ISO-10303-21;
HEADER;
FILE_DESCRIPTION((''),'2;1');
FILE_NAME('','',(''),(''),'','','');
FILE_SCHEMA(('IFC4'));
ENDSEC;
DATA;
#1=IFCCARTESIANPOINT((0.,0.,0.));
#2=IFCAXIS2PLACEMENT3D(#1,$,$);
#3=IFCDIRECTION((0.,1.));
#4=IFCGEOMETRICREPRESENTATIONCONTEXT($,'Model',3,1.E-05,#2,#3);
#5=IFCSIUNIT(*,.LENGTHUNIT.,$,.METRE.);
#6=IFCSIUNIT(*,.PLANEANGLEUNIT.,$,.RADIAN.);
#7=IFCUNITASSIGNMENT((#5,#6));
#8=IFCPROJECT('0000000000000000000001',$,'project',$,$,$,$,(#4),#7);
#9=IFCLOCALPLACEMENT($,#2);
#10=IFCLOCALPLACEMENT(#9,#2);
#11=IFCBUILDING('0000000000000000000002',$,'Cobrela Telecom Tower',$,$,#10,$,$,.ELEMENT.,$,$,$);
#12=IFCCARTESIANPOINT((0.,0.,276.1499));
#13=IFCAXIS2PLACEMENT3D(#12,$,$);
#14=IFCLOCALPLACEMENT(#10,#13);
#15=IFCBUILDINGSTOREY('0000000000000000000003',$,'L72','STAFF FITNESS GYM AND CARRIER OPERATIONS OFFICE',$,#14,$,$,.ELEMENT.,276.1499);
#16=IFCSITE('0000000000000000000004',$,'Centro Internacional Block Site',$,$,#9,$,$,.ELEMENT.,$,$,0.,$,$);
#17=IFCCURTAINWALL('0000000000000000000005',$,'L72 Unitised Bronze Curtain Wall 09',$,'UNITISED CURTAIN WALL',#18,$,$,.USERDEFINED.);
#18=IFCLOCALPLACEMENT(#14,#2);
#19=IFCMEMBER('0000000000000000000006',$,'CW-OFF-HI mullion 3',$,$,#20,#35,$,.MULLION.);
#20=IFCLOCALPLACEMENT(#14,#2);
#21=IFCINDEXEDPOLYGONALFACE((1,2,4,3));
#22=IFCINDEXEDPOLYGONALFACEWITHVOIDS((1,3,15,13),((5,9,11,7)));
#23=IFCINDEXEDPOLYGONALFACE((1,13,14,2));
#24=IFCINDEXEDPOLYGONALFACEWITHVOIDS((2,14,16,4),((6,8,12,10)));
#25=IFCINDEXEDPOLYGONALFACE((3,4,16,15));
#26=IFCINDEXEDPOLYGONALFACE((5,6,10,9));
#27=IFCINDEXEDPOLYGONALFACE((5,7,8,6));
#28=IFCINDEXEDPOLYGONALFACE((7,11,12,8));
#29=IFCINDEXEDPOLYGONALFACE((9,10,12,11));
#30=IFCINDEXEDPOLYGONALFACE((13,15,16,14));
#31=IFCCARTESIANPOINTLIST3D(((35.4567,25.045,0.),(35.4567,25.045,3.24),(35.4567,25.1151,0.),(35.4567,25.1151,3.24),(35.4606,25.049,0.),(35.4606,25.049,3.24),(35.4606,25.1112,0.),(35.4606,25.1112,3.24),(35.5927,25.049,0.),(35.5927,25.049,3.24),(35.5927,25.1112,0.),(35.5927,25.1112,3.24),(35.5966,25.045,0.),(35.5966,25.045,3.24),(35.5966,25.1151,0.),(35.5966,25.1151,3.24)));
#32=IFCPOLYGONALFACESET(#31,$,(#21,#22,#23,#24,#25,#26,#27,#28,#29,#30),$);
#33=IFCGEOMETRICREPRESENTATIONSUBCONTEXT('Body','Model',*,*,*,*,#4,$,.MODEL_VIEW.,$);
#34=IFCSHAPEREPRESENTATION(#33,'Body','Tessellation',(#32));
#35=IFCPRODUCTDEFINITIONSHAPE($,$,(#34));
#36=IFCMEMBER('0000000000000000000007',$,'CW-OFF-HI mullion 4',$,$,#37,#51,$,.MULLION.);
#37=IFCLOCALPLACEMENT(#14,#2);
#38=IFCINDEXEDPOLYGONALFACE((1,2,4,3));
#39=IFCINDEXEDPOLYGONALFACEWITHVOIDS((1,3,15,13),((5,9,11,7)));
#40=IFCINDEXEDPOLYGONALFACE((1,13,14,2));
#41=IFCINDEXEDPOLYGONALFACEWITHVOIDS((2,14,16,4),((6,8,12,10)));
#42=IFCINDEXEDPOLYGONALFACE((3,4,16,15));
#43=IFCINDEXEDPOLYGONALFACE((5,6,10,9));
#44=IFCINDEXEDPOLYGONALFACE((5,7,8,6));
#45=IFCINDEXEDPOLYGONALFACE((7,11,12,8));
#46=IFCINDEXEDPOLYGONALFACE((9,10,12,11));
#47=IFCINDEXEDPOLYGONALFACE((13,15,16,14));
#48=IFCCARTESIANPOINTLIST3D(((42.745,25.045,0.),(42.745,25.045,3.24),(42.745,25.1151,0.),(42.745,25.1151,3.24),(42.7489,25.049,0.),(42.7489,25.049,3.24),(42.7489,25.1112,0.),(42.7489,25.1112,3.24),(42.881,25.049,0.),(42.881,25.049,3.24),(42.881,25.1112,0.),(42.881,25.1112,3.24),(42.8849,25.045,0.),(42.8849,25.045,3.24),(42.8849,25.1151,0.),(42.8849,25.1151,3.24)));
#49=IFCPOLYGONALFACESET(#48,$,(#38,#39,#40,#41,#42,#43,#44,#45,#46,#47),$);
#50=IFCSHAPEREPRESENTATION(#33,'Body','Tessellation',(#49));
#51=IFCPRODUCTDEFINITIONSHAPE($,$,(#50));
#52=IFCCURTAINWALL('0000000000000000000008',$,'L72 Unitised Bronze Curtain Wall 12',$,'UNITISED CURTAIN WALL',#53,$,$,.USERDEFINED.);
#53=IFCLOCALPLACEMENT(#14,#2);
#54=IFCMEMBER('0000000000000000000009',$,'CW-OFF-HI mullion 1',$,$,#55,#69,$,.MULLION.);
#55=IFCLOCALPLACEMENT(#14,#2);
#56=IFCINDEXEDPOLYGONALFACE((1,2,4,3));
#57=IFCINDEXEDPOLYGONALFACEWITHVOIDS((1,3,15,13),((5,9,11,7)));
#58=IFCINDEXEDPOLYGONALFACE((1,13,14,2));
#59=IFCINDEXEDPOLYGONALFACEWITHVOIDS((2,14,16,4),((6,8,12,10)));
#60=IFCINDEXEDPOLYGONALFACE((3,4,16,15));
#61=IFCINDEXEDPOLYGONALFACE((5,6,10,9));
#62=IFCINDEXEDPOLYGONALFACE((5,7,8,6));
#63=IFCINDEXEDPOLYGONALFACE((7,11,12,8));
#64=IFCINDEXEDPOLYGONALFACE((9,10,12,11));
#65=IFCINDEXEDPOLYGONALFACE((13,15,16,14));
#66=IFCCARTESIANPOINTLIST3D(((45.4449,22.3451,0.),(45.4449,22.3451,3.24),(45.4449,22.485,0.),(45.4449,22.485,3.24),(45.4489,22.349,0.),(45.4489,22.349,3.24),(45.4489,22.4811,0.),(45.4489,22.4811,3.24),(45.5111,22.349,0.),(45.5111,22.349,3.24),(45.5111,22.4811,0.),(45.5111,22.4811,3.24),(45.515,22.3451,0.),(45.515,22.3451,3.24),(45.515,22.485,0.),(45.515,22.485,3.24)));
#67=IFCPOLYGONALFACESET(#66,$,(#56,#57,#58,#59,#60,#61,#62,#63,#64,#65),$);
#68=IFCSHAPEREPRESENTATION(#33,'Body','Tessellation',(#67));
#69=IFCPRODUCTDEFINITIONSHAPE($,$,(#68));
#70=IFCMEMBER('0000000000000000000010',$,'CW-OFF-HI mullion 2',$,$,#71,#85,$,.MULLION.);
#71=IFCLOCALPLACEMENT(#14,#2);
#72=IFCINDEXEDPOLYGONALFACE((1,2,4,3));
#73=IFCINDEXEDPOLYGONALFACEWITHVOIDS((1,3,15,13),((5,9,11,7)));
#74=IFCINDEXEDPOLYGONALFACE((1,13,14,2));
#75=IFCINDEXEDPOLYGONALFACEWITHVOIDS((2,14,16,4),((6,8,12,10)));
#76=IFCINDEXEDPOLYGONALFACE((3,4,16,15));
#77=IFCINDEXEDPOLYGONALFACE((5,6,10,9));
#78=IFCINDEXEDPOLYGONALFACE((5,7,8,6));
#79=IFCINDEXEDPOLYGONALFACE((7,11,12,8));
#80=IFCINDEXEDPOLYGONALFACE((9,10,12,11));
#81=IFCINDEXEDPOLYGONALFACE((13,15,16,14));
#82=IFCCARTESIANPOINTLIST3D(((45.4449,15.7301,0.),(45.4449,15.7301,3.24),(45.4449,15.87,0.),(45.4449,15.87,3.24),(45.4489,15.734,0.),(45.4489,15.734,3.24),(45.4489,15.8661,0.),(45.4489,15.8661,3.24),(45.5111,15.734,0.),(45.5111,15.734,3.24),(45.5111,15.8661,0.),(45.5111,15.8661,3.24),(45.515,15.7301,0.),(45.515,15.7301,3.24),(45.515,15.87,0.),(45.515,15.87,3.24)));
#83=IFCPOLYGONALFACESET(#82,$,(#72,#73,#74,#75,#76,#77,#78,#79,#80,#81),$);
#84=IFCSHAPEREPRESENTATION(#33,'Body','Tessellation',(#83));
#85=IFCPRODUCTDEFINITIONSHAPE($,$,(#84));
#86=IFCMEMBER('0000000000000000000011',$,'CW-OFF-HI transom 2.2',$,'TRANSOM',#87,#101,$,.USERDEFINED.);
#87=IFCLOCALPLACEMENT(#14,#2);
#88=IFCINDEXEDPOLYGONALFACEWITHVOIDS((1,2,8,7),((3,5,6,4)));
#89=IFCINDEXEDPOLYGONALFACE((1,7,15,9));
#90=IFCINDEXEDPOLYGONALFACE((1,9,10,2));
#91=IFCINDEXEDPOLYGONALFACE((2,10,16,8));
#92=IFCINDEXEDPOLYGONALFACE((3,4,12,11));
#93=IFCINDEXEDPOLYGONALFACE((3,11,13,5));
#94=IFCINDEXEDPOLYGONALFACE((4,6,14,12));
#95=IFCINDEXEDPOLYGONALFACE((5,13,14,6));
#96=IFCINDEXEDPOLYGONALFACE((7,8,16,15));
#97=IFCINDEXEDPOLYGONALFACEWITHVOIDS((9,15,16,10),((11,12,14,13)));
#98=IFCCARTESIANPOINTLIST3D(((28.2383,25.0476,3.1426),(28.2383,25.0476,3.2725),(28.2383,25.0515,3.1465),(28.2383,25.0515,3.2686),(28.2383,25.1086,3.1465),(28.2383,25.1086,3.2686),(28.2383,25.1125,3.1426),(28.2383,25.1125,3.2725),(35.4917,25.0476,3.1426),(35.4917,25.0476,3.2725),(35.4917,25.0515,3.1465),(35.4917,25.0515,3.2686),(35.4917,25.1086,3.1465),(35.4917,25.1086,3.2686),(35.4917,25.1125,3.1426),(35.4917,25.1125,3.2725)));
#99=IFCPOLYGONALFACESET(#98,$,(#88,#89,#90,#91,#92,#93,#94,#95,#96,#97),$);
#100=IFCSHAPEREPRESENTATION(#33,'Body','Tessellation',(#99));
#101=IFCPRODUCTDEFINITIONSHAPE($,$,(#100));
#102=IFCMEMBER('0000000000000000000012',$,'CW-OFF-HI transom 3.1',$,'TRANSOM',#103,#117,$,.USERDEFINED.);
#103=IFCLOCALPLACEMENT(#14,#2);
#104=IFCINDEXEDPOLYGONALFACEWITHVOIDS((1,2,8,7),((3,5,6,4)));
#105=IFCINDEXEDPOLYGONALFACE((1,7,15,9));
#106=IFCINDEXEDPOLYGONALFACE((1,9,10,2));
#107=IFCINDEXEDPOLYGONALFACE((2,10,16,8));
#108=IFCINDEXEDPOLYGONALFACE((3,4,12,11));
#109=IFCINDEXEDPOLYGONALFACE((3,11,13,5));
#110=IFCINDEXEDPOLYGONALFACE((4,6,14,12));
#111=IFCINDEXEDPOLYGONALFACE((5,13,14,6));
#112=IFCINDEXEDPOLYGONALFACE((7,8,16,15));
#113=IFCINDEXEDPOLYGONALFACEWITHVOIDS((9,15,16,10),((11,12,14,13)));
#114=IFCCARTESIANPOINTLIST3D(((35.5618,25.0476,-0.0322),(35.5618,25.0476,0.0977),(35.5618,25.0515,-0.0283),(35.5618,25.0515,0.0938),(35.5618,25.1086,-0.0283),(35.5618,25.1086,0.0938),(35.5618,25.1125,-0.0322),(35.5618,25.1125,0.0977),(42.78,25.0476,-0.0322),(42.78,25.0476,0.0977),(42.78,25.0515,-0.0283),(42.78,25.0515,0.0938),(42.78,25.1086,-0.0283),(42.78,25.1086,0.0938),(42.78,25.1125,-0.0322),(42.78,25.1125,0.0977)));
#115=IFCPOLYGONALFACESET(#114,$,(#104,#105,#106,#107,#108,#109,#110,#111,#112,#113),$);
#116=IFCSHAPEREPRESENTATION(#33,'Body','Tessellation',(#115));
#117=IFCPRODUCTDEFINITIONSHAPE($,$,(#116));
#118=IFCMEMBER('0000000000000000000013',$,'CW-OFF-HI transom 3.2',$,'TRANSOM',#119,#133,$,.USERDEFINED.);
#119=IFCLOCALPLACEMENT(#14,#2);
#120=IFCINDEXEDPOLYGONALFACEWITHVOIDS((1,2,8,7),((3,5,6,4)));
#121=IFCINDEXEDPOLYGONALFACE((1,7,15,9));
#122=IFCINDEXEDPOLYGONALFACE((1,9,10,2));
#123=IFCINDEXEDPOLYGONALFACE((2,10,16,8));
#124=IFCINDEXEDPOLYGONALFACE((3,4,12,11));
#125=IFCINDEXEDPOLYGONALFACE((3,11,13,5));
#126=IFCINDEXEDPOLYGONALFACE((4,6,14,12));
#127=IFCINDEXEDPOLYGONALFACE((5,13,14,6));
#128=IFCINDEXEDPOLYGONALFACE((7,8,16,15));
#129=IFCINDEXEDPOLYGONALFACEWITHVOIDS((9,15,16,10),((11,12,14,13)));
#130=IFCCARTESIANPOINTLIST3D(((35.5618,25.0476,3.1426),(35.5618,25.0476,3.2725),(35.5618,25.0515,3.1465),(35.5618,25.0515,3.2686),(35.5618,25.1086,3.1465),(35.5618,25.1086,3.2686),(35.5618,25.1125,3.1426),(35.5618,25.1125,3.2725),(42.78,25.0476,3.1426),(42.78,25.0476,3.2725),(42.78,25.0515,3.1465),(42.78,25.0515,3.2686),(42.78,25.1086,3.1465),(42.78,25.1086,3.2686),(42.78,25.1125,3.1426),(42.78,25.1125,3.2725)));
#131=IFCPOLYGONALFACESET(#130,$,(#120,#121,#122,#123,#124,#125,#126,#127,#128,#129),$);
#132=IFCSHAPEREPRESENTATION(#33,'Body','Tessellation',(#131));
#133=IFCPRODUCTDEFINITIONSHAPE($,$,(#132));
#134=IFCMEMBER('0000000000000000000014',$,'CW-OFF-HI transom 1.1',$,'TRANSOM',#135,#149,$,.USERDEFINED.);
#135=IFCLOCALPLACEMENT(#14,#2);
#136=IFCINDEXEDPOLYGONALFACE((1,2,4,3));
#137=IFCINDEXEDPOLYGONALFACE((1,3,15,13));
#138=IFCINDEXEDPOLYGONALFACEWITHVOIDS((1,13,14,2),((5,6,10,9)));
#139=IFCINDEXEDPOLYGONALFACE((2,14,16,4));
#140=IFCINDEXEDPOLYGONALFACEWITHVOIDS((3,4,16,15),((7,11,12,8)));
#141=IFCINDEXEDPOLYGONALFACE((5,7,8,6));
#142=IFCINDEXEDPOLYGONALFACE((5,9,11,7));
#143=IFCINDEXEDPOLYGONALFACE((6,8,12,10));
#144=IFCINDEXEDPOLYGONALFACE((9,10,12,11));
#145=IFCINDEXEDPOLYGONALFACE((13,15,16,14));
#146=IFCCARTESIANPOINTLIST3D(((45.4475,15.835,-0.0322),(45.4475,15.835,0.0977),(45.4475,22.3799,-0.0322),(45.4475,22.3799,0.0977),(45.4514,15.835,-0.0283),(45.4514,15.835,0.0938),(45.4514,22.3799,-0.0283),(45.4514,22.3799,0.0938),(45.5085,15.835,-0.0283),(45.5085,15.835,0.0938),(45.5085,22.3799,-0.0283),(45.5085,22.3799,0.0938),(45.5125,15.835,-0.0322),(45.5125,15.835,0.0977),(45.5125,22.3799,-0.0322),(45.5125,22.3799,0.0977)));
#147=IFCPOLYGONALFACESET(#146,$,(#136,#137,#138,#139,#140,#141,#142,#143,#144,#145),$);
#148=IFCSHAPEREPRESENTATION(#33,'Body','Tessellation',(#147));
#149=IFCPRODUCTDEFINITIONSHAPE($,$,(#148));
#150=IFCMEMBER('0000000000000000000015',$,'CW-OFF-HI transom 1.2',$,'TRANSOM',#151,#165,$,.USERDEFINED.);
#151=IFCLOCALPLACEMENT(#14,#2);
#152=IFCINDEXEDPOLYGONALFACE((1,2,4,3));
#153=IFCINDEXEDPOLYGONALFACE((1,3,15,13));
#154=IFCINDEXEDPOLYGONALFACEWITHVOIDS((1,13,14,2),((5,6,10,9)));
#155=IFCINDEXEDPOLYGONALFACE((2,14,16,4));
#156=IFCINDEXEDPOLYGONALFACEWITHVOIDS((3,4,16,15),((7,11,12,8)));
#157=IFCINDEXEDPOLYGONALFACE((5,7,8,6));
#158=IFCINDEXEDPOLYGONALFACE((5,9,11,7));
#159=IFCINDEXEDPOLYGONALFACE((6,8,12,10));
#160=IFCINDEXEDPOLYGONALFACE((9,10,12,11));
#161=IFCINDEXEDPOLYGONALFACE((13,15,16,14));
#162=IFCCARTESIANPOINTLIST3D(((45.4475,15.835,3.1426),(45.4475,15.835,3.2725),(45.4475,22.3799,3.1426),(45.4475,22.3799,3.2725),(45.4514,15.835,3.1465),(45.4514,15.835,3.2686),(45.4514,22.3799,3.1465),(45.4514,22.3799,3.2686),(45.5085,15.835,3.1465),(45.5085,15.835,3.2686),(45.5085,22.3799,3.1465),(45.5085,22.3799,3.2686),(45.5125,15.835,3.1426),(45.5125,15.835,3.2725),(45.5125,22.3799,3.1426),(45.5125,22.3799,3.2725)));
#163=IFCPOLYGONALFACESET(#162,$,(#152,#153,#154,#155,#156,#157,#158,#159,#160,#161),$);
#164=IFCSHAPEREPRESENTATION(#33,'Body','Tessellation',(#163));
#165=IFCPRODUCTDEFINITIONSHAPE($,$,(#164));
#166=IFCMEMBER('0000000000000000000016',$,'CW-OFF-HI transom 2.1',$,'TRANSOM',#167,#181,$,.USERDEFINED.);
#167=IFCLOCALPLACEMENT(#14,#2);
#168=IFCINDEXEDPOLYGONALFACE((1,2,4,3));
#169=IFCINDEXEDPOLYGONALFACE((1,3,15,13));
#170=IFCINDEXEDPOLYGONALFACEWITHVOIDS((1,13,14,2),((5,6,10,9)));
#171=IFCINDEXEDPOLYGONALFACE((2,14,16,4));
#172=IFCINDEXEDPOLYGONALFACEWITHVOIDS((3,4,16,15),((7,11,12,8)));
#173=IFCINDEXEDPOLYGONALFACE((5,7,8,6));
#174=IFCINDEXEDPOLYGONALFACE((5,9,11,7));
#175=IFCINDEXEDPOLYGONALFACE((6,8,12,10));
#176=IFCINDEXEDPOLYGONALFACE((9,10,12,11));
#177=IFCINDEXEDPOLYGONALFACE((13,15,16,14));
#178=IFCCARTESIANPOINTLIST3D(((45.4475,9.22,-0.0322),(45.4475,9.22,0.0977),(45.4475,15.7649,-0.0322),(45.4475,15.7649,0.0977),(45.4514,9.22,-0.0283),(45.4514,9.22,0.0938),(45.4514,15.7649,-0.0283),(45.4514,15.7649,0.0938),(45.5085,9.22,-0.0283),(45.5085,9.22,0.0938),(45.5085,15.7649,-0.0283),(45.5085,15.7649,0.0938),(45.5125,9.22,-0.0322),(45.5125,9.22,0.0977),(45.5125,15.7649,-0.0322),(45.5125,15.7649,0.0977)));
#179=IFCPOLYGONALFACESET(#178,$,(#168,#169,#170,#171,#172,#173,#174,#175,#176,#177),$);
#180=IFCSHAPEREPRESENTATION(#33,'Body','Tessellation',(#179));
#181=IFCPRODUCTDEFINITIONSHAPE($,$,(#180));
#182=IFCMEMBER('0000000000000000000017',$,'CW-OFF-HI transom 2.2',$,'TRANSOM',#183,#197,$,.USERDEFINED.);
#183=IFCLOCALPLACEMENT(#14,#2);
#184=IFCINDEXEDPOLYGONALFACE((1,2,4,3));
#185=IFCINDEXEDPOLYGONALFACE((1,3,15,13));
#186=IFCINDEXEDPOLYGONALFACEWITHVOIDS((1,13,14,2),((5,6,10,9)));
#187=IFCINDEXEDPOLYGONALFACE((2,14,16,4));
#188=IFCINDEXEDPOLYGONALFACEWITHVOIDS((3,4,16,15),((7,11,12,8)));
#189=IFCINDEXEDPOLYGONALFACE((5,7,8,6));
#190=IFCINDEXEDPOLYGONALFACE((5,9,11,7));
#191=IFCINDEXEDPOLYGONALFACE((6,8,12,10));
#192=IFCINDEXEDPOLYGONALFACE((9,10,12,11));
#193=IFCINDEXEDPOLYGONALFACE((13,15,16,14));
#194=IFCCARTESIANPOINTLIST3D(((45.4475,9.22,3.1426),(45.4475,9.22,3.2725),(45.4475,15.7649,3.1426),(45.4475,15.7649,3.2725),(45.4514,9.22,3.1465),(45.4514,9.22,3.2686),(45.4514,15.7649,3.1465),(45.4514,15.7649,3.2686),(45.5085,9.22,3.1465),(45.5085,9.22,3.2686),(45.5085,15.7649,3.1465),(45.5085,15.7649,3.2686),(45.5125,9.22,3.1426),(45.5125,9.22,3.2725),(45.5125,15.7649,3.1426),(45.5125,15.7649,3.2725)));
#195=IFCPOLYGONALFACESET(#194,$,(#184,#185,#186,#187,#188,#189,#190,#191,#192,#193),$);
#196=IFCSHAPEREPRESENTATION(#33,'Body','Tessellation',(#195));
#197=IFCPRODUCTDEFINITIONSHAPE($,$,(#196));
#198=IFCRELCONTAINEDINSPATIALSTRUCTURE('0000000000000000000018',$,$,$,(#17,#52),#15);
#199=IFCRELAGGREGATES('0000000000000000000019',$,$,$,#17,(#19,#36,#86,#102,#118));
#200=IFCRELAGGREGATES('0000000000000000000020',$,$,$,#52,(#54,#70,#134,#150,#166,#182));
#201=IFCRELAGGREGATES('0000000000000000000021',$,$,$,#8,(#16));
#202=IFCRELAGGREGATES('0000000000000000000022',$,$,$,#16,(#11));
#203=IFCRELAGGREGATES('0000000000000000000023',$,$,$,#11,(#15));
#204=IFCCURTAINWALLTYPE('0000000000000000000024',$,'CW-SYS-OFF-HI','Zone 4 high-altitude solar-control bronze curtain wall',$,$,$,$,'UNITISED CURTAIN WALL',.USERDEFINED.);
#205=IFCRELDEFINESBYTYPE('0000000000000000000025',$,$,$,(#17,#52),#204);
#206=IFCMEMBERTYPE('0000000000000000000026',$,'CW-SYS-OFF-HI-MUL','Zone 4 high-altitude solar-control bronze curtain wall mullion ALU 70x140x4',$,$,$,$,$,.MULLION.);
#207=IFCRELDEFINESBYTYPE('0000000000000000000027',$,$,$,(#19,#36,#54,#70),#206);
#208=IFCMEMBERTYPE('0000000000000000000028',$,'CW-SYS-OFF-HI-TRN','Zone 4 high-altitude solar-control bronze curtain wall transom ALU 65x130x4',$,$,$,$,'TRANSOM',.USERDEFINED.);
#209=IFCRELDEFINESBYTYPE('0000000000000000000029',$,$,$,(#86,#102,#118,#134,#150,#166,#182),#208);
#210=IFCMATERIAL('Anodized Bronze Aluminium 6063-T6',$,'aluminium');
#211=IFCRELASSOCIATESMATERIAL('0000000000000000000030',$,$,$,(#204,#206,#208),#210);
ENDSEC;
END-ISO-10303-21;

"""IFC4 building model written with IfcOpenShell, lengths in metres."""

from ifc_helpers import new_model, si_unit, direction, frame, origin, origin_2d, place, context, subcontext, project, spatial, hollow_rectangle, extrude, material, material_profile, profile_set, type_object, element, aggregate, save


model = new_model("IFC4")

# Units and contexts
model_context = context("Model", 3, precision=1e-05, world=origin(), true_north=direction((0.0, 1.0)))
body_context = subcontext(model_context, "Body", "Model", "MODEL_VIEW")
ifc_project = project(units=[si_unit("LENGTHUNIT", "METRE"), si_unit("PLANEANGLEUNIT", "RADIAN")], contexts=[model_context])

# Site, building, storey
site_placement = place(None, origin())
site = spatial("IfcSite", under=ifc_project, at=site_placement, Name="Centro Internacional Block Site", CompositionType="ELEMENT", RefElevation=0.0)
building_placement = place(site_placement, origin())
building = spatial("IfcBuilding", under=site, at=building_placement, Name="Cobrela Telecom Tower", CompositionType="ELEMENT")
storey_placement = place(building_placement, frame((0.0, 0.0, 276.1499)))
storey = spatial("IfcBuildingStorey", under=building, at=storey_placement, Name="L72", Description="STAFF FITNESS GYM AND CARRIER OPERATIONS OFFICE", CompositionType="ELEMENT", Elevation=276.1499)

# Curtain walls, members
ifc_material_1 = material(Name="Anodized Bronze Aluminium 6063-T6", Category="aluminium")
curtain_wall_type = type_object("IfcCurtainWallType", Name="CW-SYS-OFF-HI", Description="Zone 4 high-altitude solar-control bronze curtain wall", ElementType="UNITISED CURTAIN WALL", PredefinedType="USERDEFINED", material=ifc_material_1)
curtain_wall_1_placement = place(storey_placement, origin())
curtain_wall_1 = element("IfcCurtainWall", 1, at=curtain_wall_1_placement, inside=storey, type_object=curtain_wall_type, Name="L72 Unitised Bronze Curtain Wall 09", ObjectType="UNITISED CURTAIN WALL", PredefinedType="USERDEFINED")
ifc_material_profile_1 = material_profile(ifc_material_1, hollow_rectangle(XDim=0.0701, YDim=0.1399, WallThickness=0.0039, at=origin_2d()), Name="ALU 70x140x4")
ifc_profile_set_1 = profile_set([ifc_material_profile_1], Name="Anodized Bronze Aluminium 6063-T6")
member_type_1 = type_object("IfcMemberType", Name="CW-SYS-OFF-HI-MUL", Description="Zone 4 high-altitude solar-control bronze curtain wall mullion ALU 70x140x4", PredefinedType="MULLION", material=ifc_profile_set_1)
member_1_placement = place(storey_placement, frame((35.5266, 25.0801, 0.0), z_axis=(0.0, 0.0, 1.0), x_axis=(0.0, 1.0, 0.0)))
member_1 = element("IfcMember", 2, at=member_1_placement, type_object=member_type_1, Name="CW-OFF-HI mullion 3", PredefinedType="MULLION", context=body_context, shape_type="SweptSolid", body=[
    extrude(hollow_rectangle(XDim=0.0701, YDim=0.1399, WallThickness=0.0039, at=origin_2d()), origin(), (0.0, 0.0, 1.0), 3.24),
])
member_2_placement = place(storey_placement, frame((42.8149, 25.0801, 0.0), z_axis=(0.0, 0.0, 1.0), x_axis=(0.0, 1.0, 0.0)))
member_2 = element("IfcMember", 3, at=member_2_placement, type_object=member_type_1, Name="CW-OFF-HI mullion 4", PredefinedType="MULLION", context=body_context, shape_type="SweptSolid", body=[
    extrude(hollow_rectangle(XDim=0.0701, YDim=0.1399, WallThickness=0.0039, at=origin_2d()), origin(), (0.0, 0.0, 1.0), 3.24),
])
curtain_wall_2_placement = place(storey_placement, origin())
curtain_wall_2 = element("IfcCurtainWall", 4, at=curtain_wall_2_placement, inside=storey, type_object=curtain_wall_type, Name="L72 Unitised Bronze Curtain Wall 12", ObjectType="UNITISED CURTAIN WALL", PredefinedType="USERDEFINED")
member_3_placement = place(storey_placement, frame((45.48, 22.415, 0.0), z_axis=(0.0, 0.0, 1.0), x_axis=(1.0, 0.0, 0.0)))
member_3 = element("IfcMember", 5, at=member_3_placement, type_object=member_type_1, Name="CW-OFF-HI mullion 1", PredefinedType="MULLION", context=body_context, shape_type="SweptSolid", body=[
    extrude(hollow_rectangle(XDim=0.0701, YDim=0.1399, WallThickness=0.0039, at=origin_2d()), origin(), (0.0, 0.0, 1.0), 3.24),
])
member_4_placement = place(storey_placement, frame((45.48, 15.8, 0.0), z_axis=(0.0, 0.0, 1.0), x_axis=(1.0, 0.0, 0.0)))
member_4 = element("IfcMember", 6, at=member_4_placement, type_object=member_type_1, Name="CW-OFF-HI mullion 2", PredefinedType="MULLION", context=body_context, shape_type="SweptSolid", body=[
    extrude(hollow_rectangle(XDim=0.0701, YDim=0.1399, WallThickness=0.0039, at=origin_2d()), origin(), (0.0, 0.0, 1.0), 3.24),
])

# Members
ifc_material_profile_2 = material_profile(ifc_material_1, hollow_rectangle(XDim=0.0649, YDim=0.1299, WallThickness=0.0039, at=origin_2d()), Name="ALU 65x130x4")
ifc_profile_set_2 = profile_set([ifc_material_profile_2], Name="Anodized Bronze Aluminium 6063-T6")
member_type_2 = type_object("IfcMemberType", Name="CW-SYS-OFF-HI-TRN", Description="Zone 4 high-altitude solar-control bronze curtain wall transom ALU 65x130x4", ElementType="TRANSOM", PredefinedType="USERDEFINED", material=ifc_profile_set_2)
member_5_placement = place(storey_placement, frame((28.2383, 25.0801, 3.2075), z_axis=(1.0, 0.0, 0.0), x_axis=(0.0, 1.0, 0.0)))
member_5 = element("IfcMember", 7, at=member_5_placement, type_object=member_type_2, Name="CW-OFF-HI transom 2.2", ObjectType="TRANSOM", PredefinedType="USERDEFINED", context=body_context, shape_type="SweptSolid", body=[
    extrude(hollow_rectangle(XDim=0.0649, YDim=0.1299, WallThickness=0.0039, at=origin_2d()), origin(), (0.0, 0.0, 1.0), 7.2534),
])
member_6_placement = place(storey_placement, frame((35.5618, 25.0801, 0.0327), z_axis=(1.0, 0.0, 0.0), x_axis=(0.0, 1.0, 0.0)))
member_6 = element("IfcMember", 8, at=member_6_placement, type_object=member_type_2, Name="CW-OFF-HI transom 3.1", ObjectType="TRANSOM", PredefinedType="USERDEFINED", context=body_context, shape_type="SweptSolid", body=[
    extrude(hollow_rectangle(XDim=0.0649, YDim=0.1299, WallThickness=0.0039, at=origin_2d()), origin(), (0.0, 0.0, 1.0), 7.2183),
])
member_7_placement = place(storey_placement, frame((35.5618, 25.0801, 3.2075), z_axis=(1.0, 0.0, 0.0), x_axis=(0.0, 1.0, 0.0)))
member_7 = element("IfcMember", 9, at=member_7_placement, type_object=member_type_2, Name="CW-OFF-HI transom 3.2", ObjectType="TRANSOM", PredefinedType="USERDEFINED", context=body_context, shape_type="SweptSolid", body=[
    extrude(hollow_rectangle(XDim=0.0649, YDim=0.1299, WallThickness=0.0039, at=origin_2d()), origin(), (0.0, 0.0, 1.0), 7.2183),
])
member_8_placement = place(storey_placement, frame((45.48, 22.3799, 0.0327), z_axis=(0.0, -1.0, 0.0), x_axis=(1.0, 0.0, 0.0)))
member_8 = element("IfcMember", 10, at=member_8_placement, type_object=member_type_2, Name="CW-OFF-HI transom 1.1", ObjectType="TRANSOM", PredefinedType="USERDEFINED", context=body_context, shape_type="SweptSolid", body=[
    extrude(hollow_rectangle(XDim=0.0649, YDim=0.1299, WallThickness=0.0039, at=origin_2d()), origin(), (0.0, 0.0, 1.0), 6.5449),
])
member_9_placement = place(storey_placement, frame((45.48, 22.3799, 3.2075), z_axis=(0.0, -1.0, 0.0), x_axis=(1.0, 0.0, 0.0)))
member_9 = element("IfcMember", 11, at=member_9_placement, type_object=member_type_2, Name="CW-OFF-HI transom 1.2", ObjectType="TRANSOM", PredefinedType="USERDEFINED", context=body_context, shape_type="SweptSolid", body=[
    extrude(hollow_rectangle(XDim=0.0649, YDim=0.1299, WallThickness=0.0039, at=origin_2d()), origin(), (0.0, 0.0, 1.0), 6.5449),
])
member_10_placement = place(storey_placement, frame((45.48, 15.7649, 0.0327), z_axis=(0.0, -1.0, 0.0), x_axis=(1.0, 0.0, 0.0)))
member_10 = element("IfcMember", 12, at=member_10_placement, type_object=member_type_2, Name="CW-OFF-HI transom 2.1", ObjectType="TRANSOM", PredefinedType="USERDEFINED", context=body_context, shape_type="SweptSolid", body=[
    extrude(hollow_rectangle(XDim=0.0649, YDim=0.1299, WallThickness=0.0039, at=origin_2d()), origin(), (0.0, 0.0, 1.0), 6.5449),
])
member_11_placement = place(storey_placement, frame((45.48, 15.7649, 3.2075), z_axis=(0.0, -1.0, 0.0), x_axis=(1.0, 0.0, 0.0)))
member_11 = element("IfcMember", 13, at=member_11_placement, type_object=member_type_2, Name="CW-OFF-HI transom 2.2", ObjectType="TRANSOM", PredefinedType="USERDEFINED", context=body_context, shape_type="SweptSolid", body=[
    extrude(hollow_rectangle(XDim=0.0649, YDim=0.1299, WallThickness=0.0039, at=origin_2d()), origin(), (0.0, 0.0, 1.0), 6.5449),
])

aggregate(curtain_wall_1, [member_1, member_2, member_5, member_6, member_7])
aggregate(curtain_wall_2, [member_3, member_4, member_8, member_9, member_10, member_11])

save(model, "model.ifc")
